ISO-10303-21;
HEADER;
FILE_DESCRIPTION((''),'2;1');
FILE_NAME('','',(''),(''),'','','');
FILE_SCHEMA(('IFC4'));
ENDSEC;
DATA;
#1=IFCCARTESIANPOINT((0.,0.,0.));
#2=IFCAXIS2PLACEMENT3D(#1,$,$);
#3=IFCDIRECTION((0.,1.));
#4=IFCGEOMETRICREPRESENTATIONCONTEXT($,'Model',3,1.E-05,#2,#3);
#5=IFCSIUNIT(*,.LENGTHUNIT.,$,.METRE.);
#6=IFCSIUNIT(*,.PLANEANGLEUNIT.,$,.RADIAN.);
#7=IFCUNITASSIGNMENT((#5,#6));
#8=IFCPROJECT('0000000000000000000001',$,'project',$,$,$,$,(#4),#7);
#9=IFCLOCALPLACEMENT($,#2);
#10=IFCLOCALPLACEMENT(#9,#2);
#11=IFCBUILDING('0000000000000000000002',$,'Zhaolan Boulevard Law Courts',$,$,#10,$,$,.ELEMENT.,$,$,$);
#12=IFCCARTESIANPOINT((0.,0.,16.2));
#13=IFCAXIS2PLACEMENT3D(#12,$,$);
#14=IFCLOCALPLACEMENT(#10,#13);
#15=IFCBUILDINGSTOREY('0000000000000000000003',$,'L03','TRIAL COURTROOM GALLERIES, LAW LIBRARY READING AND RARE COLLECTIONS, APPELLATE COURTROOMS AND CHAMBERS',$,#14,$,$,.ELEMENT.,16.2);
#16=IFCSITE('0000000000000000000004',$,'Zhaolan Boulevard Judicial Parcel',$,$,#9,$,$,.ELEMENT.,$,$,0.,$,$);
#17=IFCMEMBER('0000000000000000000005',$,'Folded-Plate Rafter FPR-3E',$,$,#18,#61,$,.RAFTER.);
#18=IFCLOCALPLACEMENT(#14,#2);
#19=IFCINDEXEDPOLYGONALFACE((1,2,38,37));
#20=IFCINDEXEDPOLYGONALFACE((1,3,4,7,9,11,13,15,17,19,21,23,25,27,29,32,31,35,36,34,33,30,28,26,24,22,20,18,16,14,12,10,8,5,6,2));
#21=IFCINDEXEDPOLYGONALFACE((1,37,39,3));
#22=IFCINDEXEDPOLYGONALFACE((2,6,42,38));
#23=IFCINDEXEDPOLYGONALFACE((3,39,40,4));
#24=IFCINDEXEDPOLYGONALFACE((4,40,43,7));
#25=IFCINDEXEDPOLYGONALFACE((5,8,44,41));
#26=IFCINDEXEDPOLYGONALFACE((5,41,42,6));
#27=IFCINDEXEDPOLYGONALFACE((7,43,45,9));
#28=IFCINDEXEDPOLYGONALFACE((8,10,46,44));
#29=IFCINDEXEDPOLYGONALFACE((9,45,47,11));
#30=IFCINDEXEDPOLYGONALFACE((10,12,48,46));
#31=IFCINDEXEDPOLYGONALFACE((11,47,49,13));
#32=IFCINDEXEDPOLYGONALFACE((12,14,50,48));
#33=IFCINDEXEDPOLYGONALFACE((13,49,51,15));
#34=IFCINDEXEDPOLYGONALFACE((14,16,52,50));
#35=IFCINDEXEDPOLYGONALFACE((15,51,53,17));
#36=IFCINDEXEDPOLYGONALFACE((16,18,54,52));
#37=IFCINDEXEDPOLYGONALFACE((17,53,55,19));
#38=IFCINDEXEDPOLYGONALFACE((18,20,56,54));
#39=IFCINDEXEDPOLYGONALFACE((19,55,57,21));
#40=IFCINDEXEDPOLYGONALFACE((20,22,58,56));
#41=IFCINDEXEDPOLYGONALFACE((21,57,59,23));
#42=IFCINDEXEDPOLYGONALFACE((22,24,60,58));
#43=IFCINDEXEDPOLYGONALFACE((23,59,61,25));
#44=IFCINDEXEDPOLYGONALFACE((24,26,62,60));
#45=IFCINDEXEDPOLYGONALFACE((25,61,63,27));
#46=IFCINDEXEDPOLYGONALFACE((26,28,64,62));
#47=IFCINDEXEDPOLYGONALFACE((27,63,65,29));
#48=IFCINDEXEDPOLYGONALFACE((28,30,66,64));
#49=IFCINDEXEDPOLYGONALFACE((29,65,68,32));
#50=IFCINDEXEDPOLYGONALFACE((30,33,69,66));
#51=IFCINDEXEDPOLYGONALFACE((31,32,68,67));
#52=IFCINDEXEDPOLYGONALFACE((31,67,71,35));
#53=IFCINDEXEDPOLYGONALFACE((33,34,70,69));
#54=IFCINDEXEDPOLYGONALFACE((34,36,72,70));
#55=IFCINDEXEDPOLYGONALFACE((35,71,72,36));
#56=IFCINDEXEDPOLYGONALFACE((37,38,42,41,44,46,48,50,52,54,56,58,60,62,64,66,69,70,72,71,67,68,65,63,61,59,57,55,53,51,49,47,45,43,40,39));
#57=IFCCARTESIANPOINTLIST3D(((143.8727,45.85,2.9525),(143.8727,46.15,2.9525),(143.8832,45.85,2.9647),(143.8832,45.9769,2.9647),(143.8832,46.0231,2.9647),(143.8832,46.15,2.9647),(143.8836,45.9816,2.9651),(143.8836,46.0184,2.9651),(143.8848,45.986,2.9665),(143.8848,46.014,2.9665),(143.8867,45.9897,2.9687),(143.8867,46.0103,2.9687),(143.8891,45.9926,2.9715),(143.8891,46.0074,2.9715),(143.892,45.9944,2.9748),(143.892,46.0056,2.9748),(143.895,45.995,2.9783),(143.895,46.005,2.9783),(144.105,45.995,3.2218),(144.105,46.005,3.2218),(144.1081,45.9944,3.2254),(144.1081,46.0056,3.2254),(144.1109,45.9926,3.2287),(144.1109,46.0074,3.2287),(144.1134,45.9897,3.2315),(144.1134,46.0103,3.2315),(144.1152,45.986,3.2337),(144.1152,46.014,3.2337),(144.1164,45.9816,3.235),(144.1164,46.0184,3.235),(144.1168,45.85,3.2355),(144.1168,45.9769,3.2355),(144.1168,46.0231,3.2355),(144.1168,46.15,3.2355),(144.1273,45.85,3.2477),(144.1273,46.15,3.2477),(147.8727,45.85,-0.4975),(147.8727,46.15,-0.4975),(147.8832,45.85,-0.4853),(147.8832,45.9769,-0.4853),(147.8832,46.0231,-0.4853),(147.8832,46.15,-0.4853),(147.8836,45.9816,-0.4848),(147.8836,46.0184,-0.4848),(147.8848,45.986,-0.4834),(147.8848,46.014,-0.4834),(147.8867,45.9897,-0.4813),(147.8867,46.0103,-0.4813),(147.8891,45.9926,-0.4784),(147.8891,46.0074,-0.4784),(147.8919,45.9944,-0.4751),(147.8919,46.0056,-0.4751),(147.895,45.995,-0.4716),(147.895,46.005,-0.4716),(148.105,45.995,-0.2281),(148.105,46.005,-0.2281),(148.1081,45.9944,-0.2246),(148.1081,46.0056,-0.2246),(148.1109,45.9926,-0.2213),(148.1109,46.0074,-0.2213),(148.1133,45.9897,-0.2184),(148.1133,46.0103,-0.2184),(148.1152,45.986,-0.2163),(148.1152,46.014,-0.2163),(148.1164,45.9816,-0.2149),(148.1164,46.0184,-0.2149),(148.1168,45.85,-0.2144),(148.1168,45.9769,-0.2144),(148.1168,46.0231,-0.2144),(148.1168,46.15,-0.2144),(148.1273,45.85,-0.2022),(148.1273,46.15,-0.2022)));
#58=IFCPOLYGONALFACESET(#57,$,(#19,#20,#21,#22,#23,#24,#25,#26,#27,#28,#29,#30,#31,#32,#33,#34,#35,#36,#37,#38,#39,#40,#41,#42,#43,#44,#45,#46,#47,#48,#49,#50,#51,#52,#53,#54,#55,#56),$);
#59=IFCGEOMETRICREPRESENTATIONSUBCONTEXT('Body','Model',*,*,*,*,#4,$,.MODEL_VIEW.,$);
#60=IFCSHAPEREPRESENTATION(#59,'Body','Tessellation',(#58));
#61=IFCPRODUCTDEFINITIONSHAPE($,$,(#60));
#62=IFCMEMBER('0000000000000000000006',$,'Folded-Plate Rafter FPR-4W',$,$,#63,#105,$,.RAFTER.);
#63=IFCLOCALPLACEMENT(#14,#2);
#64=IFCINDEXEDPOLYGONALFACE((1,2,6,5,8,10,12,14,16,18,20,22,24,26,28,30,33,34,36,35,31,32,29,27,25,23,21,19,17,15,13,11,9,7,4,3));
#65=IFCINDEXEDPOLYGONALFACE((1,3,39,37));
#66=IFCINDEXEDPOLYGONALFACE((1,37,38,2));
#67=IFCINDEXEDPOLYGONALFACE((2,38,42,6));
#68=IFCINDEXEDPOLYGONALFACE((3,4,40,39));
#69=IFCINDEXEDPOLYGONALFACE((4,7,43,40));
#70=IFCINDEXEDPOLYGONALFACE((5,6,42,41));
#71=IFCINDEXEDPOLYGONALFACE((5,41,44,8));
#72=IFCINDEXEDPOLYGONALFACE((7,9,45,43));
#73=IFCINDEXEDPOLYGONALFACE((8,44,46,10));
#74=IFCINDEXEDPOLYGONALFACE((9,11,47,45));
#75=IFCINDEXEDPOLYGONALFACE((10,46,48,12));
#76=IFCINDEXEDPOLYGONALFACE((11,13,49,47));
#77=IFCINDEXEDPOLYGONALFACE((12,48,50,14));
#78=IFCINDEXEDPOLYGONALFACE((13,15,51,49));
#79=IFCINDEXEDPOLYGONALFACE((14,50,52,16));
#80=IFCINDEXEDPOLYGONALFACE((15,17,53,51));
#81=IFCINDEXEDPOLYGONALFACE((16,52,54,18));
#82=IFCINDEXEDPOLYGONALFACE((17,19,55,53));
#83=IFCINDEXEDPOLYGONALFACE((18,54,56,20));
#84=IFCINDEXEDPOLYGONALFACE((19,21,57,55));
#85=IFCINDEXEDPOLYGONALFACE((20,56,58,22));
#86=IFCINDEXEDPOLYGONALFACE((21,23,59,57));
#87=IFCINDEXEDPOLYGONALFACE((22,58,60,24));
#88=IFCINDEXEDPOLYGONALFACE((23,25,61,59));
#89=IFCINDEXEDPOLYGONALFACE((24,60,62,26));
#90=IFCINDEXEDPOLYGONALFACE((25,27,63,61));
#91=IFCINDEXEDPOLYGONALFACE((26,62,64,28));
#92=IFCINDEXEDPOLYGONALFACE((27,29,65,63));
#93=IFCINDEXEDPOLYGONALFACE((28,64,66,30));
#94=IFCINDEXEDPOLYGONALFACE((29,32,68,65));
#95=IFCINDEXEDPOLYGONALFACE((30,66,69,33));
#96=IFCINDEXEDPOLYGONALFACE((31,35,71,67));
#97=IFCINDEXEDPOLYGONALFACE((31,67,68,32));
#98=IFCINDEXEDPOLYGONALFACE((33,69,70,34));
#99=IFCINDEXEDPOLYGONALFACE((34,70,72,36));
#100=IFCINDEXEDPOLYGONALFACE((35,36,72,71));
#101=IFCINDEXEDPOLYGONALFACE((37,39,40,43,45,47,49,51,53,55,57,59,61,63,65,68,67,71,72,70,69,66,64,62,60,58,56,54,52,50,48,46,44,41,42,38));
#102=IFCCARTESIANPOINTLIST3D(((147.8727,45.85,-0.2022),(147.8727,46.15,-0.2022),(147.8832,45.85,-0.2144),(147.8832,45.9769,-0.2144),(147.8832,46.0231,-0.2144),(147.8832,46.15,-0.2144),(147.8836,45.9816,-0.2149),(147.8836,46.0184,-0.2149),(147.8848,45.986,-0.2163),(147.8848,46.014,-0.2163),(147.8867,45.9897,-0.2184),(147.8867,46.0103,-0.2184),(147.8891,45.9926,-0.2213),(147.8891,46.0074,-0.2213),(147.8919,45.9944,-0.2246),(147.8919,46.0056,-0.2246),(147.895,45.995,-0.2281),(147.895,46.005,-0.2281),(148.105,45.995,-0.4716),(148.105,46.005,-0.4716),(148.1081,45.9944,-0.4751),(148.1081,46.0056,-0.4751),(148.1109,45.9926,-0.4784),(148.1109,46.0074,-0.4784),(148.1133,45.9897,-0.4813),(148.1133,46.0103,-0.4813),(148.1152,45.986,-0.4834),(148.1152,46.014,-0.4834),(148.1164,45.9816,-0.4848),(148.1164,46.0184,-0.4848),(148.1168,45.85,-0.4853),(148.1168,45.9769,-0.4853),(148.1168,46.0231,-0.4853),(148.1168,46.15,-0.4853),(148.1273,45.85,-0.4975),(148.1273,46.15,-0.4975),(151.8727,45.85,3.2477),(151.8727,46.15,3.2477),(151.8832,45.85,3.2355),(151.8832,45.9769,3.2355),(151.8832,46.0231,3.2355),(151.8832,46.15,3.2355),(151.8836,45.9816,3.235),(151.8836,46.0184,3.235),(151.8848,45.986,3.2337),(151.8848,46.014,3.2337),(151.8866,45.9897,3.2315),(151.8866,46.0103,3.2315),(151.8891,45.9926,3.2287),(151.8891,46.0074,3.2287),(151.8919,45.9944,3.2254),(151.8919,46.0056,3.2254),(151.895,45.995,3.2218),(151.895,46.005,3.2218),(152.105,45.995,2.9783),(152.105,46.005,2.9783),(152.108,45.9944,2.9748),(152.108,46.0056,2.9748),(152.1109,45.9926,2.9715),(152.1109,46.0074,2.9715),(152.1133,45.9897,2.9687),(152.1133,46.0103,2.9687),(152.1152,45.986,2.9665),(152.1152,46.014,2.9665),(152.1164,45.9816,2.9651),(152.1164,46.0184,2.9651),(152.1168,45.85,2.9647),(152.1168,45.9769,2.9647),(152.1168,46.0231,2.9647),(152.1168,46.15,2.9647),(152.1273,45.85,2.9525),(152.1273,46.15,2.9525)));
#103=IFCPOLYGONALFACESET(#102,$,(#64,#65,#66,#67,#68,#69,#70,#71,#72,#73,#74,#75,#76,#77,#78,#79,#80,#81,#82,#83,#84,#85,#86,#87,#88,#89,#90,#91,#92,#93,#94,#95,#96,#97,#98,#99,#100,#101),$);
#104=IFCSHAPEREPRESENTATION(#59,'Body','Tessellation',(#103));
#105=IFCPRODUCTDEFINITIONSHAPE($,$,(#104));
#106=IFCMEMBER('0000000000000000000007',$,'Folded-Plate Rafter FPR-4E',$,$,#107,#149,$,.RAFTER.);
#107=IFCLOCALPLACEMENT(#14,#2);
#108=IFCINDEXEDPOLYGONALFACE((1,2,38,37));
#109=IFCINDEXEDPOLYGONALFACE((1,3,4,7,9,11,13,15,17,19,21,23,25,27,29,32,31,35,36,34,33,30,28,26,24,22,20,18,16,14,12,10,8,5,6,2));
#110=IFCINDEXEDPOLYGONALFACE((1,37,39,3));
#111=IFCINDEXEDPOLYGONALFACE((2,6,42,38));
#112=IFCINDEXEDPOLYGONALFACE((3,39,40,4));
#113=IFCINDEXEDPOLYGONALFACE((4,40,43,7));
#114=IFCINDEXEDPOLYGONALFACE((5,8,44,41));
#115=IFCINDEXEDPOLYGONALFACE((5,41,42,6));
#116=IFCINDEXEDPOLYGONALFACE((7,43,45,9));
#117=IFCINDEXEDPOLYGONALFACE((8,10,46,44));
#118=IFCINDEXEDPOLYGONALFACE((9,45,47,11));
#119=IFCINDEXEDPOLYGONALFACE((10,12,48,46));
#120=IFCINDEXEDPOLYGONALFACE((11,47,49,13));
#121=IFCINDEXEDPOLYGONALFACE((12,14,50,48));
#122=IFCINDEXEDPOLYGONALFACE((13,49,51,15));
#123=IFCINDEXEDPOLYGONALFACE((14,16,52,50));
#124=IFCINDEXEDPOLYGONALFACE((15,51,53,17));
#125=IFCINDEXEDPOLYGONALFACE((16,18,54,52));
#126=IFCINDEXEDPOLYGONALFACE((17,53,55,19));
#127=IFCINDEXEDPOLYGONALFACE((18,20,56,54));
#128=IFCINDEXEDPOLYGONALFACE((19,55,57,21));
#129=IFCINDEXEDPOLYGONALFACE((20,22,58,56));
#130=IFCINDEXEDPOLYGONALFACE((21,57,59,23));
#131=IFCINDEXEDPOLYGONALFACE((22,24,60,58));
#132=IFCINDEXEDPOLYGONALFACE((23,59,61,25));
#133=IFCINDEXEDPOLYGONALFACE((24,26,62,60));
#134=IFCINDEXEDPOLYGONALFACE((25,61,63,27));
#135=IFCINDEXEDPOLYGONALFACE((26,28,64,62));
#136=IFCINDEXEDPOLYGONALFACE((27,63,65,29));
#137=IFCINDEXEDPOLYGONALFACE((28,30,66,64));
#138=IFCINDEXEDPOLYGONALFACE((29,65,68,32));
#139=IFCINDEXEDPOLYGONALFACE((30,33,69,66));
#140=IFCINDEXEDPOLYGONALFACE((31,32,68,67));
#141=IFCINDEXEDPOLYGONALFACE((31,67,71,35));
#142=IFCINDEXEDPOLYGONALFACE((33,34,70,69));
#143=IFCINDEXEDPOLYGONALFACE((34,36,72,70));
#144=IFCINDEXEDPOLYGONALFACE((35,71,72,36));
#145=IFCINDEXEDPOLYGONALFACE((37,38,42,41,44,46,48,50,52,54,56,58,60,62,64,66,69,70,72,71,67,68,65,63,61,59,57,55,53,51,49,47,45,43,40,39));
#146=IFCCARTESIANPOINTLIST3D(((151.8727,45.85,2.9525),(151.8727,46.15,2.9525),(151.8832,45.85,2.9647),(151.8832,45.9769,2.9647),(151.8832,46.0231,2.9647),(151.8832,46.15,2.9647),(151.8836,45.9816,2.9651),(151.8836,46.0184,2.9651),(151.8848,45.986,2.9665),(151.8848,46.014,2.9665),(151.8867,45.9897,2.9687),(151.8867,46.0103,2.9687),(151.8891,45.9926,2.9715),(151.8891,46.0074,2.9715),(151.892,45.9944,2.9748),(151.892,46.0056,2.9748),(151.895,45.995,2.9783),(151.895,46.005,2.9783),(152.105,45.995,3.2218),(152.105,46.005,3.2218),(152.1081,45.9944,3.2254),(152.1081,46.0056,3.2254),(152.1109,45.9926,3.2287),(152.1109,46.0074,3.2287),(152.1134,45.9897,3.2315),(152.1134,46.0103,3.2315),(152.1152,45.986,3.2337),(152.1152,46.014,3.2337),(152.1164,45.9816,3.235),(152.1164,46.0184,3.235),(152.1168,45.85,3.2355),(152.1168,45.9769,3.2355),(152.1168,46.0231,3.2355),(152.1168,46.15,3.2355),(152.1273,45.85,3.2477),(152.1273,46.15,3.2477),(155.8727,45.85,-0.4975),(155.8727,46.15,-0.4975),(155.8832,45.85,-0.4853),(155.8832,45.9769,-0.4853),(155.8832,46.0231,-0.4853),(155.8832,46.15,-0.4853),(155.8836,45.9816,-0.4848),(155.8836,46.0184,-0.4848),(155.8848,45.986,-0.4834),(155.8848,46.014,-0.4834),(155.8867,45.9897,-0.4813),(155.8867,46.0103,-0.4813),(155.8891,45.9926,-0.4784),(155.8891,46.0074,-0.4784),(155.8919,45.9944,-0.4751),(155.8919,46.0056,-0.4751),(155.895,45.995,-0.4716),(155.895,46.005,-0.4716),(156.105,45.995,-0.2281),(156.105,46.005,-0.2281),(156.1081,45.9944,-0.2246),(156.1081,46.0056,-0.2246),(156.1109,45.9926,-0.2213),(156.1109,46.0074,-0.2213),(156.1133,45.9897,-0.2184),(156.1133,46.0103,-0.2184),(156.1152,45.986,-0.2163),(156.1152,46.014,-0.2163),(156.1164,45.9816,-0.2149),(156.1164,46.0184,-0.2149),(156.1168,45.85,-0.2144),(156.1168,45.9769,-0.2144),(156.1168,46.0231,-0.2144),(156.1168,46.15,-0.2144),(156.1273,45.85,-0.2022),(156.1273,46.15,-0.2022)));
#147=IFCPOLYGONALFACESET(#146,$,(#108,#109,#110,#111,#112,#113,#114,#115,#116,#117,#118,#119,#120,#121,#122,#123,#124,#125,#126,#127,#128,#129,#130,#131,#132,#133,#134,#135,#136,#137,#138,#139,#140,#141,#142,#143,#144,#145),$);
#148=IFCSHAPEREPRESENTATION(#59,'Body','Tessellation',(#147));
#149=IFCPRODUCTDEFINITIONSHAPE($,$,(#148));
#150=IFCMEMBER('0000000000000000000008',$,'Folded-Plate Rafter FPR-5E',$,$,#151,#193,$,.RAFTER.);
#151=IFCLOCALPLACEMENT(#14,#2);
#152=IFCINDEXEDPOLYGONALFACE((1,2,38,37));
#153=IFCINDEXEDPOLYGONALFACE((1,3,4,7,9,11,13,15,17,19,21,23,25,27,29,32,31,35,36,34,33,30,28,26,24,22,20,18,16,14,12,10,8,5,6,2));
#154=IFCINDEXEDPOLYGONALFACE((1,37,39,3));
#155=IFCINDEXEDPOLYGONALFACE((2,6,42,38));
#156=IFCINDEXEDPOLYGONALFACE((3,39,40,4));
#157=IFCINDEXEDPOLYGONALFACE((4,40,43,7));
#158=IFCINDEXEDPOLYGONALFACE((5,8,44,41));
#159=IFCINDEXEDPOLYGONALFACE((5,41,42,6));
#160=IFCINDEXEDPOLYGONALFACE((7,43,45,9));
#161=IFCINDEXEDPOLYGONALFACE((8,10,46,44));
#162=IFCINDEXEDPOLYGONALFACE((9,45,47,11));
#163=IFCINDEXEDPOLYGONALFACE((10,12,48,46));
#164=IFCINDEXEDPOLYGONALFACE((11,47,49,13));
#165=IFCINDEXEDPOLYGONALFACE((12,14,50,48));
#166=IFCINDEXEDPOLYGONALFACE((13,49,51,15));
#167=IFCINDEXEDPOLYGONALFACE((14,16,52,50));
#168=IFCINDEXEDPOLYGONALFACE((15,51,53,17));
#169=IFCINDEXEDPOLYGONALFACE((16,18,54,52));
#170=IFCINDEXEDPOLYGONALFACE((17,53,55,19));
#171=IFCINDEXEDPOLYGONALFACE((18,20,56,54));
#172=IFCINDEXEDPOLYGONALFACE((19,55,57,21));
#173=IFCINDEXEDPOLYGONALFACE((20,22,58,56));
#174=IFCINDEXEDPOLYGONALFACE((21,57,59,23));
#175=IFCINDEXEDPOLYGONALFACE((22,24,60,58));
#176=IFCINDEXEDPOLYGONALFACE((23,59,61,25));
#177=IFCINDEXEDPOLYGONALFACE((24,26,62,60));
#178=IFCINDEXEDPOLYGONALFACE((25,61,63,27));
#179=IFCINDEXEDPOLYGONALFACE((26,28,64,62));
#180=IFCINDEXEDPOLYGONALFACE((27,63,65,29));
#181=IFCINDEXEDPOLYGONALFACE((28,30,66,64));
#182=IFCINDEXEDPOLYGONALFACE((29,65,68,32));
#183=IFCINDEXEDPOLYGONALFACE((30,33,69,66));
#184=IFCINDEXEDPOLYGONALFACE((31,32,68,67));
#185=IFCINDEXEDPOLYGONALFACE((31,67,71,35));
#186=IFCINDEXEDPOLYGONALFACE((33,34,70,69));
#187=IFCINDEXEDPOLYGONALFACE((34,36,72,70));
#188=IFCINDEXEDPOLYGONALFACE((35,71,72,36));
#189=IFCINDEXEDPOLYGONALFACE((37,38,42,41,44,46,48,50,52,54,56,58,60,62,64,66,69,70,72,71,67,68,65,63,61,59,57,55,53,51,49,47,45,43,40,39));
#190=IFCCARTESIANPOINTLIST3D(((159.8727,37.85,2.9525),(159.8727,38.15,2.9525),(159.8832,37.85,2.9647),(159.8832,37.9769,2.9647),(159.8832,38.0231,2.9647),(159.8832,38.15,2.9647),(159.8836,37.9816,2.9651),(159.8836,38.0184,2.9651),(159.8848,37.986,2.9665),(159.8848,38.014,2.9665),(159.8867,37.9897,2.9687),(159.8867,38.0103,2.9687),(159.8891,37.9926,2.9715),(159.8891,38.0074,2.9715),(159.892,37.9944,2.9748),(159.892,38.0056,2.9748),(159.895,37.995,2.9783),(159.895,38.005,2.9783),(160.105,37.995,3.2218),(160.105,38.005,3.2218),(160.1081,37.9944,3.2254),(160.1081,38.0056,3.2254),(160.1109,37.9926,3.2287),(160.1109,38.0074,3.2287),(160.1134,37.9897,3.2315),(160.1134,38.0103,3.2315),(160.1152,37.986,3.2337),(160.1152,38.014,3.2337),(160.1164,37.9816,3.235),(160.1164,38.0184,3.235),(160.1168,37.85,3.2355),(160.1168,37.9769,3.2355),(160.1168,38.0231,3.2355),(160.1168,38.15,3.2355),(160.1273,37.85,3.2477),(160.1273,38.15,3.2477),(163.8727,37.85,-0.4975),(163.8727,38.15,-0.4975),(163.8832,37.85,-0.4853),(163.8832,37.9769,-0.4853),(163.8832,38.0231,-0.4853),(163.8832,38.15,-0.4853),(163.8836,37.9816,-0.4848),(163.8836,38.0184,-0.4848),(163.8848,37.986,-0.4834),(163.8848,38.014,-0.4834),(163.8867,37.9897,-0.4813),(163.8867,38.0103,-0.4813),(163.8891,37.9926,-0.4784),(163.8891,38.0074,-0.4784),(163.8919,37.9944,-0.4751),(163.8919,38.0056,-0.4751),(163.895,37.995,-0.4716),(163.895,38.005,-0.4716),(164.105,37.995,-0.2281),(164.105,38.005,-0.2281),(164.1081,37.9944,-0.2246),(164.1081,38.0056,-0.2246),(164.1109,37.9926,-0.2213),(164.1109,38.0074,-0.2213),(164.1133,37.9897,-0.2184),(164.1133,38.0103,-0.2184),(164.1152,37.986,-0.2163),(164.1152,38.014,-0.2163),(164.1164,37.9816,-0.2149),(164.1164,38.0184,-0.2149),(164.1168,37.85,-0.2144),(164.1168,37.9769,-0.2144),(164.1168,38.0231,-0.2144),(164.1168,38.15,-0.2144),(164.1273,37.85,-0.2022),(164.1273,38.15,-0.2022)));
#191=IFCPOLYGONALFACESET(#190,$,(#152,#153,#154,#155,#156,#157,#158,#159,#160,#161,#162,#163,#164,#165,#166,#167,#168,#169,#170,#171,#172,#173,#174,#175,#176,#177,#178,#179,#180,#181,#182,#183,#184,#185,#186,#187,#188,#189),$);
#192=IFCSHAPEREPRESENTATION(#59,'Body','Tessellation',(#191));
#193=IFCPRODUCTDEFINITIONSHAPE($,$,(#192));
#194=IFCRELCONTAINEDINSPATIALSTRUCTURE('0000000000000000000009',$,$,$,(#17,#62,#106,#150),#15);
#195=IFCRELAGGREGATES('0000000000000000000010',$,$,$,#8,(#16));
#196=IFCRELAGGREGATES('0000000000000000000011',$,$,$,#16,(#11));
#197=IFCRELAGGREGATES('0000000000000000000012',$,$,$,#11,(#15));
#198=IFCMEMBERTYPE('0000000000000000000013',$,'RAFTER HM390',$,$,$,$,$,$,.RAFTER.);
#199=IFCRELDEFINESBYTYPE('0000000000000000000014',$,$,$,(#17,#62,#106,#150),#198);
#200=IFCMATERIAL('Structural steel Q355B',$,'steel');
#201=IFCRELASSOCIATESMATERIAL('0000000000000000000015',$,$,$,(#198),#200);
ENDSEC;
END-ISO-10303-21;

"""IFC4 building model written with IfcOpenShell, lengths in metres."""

from ifc_helpers import new_model, si_unit, direction, frame, origin, origin_2d, place, context, subcontext, project, spatial, i_section, extrude, material, material_profile, profile_set, type_object, element, save


model = new_model("IFC4")

# Units and contexts
model_context = context("Model", 3, precision=1e-05, world=origin(), true_north=direction((0.0, 1.0)))
body_context = subcontext(model_context, "Body", "Model", "MODEL_VIEW")
ifc_project = project(units=[si_unit("LENGTHUNIT", "METRE"), si_unit("PLANEANGLEUNIT", "RADIAN")], contexts=[model_context])

# Site, building, storey
site_placement = place(None, origin())
site = spatial("IfcSite", under=ifc_project, at=site_placement, Name="Zhaolan Boulevard Judicial Parcel", CompositionType="ELEMENT", RefElevation=0.0)
building_placement = place(site_placement, origin())
building = spatial("IfcBuilding", under=site, at=building_placement, Name="Zhaolan Boulevard Law Courts", CompositionType="ELEMENT")
storey_placement = place(building_placement, frame((0.0, 0.0, 16.2)))
storey = spatial("IfcBuildingStorey", under=building, at=storey_placement, Name="L03", Description="TRIAL COURTROOM GALLERIES, LAW LIBRARY READING AND RARE COLLECTIONS, APPELLATE COURTROOMS AND CHAMBERS", CompositionType="ELEMENT", Elevation=16.2)

# Members
ifc_material_1 = material(Name="Structural steel Q355B", Category="steel")
ifc_material_profile_1 = material_profile(ifc_material_1, i_section(OverallWidth=0.3, OverallDepth=0.3899, WebThickness=0.01, FlangeThickness=0.0161, FilletRadius=0.0181, at=origin_2d()), Name="HM390x300")
ifc_profile_set_1 = profile_set([ifc_material_profile_1], Name="Structural steel Q355B")
member_type = type_object("IfcMemberType", Name="RAFTER HM390", PredefinedType="RAFTER", material=ifc_profile_set_1)
for number, where, z_axis, x_axis, name in (
    (1, (148.0, 46.0, -0.3499), (-0.757253, 0.0, 0.653122), (0.0, -1.0, 0.0), "Folded-Plate Rafter FPR-3E"),
    (2, (148.0, 46.0, -0.3499), (0.757253, 0.0, 0.653122), (0.0, 1.0, 0.0), "Folded-Plate Rafter FPR-4W"),
    (3, (156.0, 46.0, -0.3499), (-0.757253, 0.0, 0.653122), (0.0, -1.0, 0.0), "Folded-Plate Rafter FPR-4E"),
    (4, (164.0, 38.0, -0.3499), (-0.757253, 0.0, 0.653122), (0.0, -1.0, 0.0), "Folded-Plate Rafter FPR-5E"),
):
    element("IfcMember", number, at=place(storey_placement, frame(where, z_axis=z_axis, x_axis=x_axis)), inside=storey, type_object=member_type, Name=name, PredefinedType="RAFTER", context=body_context, shape_type="SweptSolid", body=[
        extrude(i_section(OverallWidth=0.3, OverallDepth=0.3899, WebThickness=0.01, FlangeThickness=0.0161, FilletRadius=0.0181, at=origin_2d()), origin(), (0.0, 0.0, 1.0), 5.2822),
    ])

save(model, "model.ifc")
